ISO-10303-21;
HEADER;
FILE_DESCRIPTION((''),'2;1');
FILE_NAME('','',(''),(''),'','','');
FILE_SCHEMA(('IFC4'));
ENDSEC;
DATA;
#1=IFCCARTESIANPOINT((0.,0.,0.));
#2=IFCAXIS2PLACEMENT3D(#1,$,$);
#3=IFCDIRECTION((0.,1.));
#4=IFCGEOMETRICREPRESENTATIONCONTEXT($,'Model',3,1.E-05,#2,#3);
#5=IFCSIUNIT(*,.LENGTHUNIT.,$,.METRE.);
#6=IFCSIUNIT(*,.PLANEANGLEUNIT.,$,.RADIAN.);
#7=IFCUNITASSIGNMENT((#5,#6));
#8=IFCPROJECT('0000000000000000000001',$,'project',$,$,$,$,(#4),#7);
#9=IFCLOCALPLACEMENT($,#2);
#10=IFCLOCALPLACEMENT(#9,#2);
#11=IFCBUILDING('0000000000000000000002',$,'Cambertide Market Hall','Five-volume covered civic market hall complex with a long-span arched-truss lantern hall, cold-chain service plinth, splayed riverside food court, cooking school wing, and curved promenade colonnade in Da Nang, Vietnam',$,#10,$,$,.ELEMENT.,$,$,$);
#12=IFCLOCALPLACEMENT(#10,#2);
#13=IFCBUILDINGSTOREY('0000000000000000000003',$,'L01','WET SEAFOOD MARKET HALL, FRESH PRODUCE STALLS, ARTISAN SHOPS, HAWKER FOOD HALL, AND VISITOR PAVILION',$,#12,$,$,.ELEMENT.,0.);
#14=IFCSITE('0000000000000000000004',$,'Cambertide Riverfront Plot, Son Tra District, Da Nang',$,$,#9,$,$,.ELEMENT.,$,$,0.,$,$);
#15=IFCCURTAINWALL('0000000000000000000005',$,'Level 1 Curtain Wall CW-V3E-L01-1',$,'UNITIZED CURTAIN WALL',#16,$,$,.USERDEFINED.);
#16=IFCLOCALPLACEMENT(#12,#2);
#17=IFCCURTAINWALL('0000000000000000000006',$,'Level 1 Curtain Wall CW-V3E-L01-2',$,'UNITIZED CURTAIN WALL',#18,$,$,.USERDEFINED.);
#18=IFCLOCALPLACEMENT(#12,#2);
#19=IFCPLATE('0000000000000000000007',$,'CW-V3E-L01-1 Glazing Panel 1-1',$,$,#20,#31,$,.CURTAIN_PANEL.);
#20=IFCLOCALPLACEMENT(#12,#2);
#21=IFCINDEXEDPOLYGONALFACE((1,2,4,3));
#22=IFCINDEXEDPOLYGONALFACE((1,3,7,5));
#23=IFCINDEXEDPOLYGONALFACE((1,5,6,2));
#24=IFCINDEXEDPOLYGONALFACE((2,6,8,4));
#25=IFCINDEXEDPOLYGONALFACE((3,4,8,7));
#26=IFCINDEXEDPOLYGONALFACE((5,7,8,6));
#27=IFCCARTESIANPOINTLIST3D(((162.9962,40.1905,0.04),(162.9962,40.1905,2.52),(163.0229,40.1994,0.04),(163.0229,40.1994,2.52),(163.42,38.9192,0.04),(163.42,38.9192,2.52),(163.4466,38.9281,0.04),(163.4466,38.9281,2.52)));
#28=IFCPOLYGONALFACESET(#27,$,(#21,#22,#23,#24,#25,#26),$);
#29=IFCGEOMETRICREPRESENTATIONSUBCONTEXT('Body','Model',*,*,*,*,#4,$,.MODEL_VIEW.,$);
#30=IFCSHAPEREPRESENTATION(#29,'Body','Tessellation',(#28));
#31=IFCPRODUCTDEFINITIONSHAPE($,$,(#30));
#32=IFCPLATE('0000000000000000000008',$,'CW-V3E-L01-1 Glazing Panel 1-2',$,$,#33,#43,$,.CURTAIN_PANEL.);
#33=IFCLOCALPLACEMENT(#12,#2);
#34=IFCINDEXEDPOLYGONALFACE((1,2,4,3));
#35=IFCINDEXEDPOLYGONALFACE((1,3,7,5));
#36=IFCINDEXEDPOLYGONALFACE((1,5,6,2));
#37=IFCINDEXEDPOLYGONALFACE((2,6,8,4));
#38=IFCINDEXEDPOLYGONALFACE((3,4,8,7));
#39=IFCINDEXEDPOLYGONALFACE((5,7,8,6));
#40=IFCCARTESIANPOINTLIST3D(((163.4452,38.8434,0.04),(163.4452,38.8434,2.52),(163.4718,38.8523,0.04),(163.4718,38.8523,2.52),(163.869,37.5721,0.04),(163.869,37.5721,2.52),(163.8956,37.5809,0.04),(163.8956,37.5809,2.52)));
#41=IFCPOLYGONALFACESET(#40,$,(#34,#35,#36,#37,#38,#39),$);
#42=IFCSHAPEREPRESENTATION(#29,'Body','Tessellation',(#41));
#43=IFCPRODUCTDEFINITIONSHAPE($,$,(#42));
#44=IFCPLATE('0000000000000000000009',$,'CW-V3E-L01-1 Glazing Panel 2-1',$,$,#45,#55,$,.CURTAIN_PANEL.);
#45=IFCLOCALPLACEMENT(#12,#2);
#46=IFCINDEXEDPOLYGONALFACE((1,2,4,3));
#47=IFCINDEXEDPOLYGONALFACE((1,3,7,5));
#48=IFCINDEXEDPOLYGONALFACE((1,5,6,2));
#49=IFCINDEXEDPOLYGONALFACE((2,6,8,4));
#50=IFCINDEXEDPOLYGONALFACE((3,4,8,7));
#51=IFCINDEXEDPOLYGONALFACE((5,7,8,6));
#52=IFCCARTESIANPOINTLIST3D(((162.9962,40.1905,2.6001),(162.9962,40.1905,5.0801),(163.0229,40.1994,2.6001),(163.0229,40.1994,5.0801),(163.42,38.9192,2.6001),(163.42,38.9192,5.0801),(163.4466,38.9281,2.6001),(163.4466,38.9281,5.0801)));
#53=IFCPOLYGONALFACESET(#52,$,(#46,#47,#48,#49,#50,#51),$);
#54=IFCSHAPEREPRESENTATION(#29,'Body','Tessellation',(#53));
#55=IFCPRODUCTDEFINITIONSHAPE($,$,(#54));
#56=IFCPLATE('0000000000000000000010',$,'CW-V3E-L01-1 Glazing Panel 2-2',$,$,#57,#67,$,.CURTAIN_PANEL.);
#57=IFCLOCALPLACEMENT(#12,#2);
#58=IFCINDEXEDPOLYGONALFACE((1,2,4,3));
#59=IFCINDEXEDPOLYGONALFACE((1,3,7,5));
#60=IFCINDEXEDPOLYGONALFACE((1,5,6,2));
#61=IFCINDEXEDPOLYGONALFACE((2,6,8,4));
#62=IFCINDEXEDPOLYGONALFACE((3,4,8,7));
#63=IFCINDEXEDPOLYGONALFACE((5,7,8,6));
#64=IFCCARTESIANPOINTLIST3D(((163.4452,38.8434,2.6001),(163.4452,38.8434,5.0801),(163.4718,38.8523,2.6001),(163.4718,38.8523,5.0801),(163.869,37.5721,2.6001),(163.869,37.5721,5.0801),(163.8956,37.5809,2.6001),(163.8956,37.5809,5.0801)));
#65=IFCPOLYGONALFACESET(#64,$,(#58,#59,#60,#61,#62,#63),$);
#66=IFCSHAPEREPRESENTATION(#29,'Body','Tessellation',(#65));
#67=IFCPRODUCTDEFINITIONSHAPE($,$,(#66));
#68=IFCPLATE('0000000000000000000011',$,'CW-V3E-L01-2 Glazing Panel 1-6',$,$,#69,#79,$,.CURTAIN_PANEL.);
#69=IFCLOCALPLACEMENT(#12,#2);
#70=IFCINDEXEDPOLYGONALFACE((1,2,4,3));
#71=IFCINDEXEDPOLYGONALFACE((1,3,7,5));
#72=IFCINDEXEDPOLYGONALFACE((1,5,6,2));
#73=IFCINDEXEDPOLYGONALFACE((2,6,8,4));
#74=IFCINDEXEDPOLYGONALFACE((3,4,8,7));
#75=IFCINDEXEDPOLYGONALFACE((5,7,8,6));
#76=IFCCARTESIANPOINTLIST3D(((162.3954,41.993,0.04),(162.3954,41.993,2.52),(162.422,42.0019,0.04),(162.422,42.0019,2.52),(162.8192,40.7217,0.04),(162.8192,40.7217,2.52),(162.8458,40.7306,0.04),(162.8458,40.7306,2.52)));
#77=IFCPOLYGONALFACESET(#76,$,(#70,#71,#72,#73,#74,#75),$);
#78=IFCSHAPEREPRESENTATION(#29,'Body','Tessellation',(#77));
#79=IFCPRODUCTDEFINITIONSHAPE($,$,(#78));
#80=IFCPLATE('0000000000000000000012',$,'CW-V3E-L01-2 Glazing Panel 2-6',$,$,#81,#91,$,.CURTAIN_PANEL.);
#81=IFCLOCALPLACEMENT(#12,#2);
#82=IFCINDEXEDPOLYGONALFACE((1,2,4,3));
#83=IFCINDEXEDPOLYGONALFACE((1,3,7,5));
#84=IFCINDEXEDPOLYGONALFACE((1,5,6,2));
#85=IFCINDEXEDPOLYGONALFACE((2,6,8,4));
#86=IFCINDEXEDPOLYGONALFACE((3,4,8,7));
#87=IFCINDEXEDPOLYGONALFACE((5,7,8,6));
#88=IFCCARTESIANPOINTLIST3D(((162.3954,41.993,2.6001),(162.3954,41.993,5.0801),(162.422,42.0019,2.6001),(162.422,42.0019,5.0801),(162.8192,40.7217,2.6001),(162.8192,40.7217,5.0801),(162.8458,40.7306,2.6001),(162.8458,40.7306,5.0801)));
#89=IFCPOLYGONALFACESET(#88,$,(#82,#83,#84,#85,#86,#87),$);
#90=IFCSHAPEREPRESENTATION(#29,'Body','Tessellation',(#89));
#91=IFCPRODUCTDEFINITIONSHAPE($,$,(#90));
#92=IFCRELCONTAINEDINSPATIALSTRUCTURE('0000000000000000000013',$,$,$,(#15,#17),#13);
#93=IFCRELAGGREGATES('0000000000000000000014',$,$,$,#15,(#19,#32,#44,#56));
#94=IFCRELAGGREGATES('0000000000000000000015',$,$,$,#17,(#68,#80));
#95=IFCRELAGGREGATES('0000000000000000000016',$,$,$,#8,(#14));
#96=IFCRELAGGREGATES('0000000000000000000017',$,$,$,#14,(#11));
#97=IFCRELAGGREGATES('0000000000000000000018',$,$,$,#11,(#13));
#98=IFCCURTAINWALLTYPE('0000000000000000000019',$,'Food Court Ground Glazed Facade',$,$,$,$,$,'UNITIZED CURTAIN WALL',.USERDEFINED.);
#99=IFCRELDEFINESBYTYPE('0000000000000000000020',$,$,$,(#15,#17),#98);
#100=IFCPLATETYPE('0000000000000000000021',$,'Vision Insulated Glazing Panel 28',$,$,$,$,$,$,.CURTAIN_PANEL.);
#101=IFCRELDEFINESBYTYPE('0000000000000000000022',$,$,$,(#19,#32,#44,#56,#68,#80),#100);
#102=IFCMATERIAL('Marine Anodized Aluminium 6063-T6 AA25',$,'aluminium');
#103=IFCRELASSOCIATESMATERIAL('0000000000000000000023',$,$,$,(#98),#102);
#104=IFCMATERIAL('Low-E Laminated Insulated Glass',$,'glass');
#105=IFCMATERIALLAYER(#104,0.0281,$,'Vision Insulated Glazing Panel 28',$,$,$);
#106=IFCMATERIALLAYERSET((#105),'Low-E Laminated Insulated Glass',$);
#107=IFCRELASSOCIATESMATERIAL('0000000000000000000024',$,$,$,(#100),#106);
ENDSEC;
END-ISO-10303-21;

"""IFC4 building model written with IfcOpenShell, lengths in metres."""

from ifc_helpers import new_model, si_unit, direction, frame, origin, origin_2d, place, context, subcontext, project, spatial, rectangle, extrude, material, layer, layer_set, type_object, element, aggregate, save


model = new_model("IFC4")

# Units and contexts
model_context = context("Model", 3, precision=1e-05, world=origin(), true_north=direction((0.0, 1.0)))
body_context = subcontext(model_context, "Body", "Model", "MODEL_VIEW")
ifc_project = project(units=[si_unit("LENGTHUNIT", "METRE"), si_unit("PLANEANGLEUNIT", "RADIAN")], contexts=[model_context])

# Site, building, storey
site_placement = place(None, origin())
site = spatial("IfcSite", under=ifc_project, at=site_placement, Name="Cambertide Riverfront Plot, Son Tra District, Da Nang", CompositionType="ELEMENT", RefElevation=0.0)
building_placement = place(site_placement, origin())
building = spatial("IfcBuilding", under=site, at=building_placement, Name="Cambertide Market Hall", Description="Five-volume covered civic market hall complex with a long-span arched-truss lantern hall, cold-chain service plinth, splayed riverside food court, cooking school wing, and curved promenade colonnade in Da Nang, Vietnam", CompositionType="ELEMENT")
storey_placement = place(building_placement, origin())
storey = spatial("IfcBuildingStorey", under=building, at=storey_placement, Name="L01", Description="WET SEAFOOD MARKET HALL, FRESH PRODUCE STALLS, ARTISAN SHOPS, HAWKER FOOD HALL, AND VISITOR PAVILION", CompositionType="ELEMENT", Elevation=0.0)

# Curtain wall
ifc_material_1 = material(Name="Marine Anodized Aluminium 6063-T6 AA25", Category="aluminium")
curtain_wall_type = type_object("IfcCurtainWallType", Name="Food Court Ground Glazed Facade", ElementType="UNITIZED CURTAIN WALL", PredefinedType="USERDEFINED", material=ifc_material_1)
curtain_wall_1_placement = place(storey_placement, origin())
curtain_wall_1 = element("IfcCurtainWall", 1, at=curtain_wall_1_placement, inside=storey, type_object=curtain_wall_type, Name="Level 1 Curtain Wall CW-V3E-L01-1", ObjectType="UNITIZED CURTAIN WALL", PredefinedType="USERDEFINED")

# Curtain wall
curtain_wall_2_placement = place(storey_placement, origin())
curtain_wall_2 = element("IfcCurtainWall", 2, at=curtain_wall_2_placement, inside=storey, type_object=curtain_wall_type, Name="Level 1 Curtain Wall CW-V3E-L01-2", ObjectType="UNITIZED CURTAIN WALL", PredefinedType="USERDEFINED")

# Plates
ifc_material_2 = material(Name="Low-E Laminated Insulated Glass", Category="glass")
ifc_layer = layer(ifc_material_2, 0.0281, Name="Vision Insulated Glazing Panel 28")
ifc_layer_set = layer_set([ifc_layer], Name="Low-E Laminated Insulated Glass")
plate_type = type_object("IfcPlateType", Name="Vision Insulated Glazing Panel 28", PredefinedType="CURTAIN_PANEL", material=ifc_layer_set)
plate_1_placement = place(storey_placement, frame((163.2214, 39.5593, 0.04), z_axis=(0.0, 0.0, 1.0), x_axis=(0.316228, -0.948683, 0.0)))
plate_1 = element("IfcPlate", 3, at=plate_1_placement, type_object=plate_type, Name="CW-V3E-L01-1 Glazing Panel 1-1", PredefinedType="CURTAIN_PANEL", context=body_context, shape_type="SweptSolid", body=[
    extrude(rectangle(XDim=1.3401, YDim=0.0281, at=origin_2d()), origin(), (0.0, 0.0, 1.0), 2.48),
])
plate_2_placement = place(storey_placement, frame((163.6704, 38.2122, 0.04), z_axis=(0.0, 0.0, 1.0), x_axis=(0.316228, -0.948683, 0.0)))
plate_2 = element("IfcPlate", 4, at=plate_2_placement, type_object=plate_type, Name="CW-V3E-L01-1 Glazing Panel 1-2", PredefinedType="CURTAIN_PANEL", context=body_context, shape_type="SweptSolid", body=[
    extrude(rectangle(XDim=1.3401, YDim=0.0281, at=origin_2d()), origin(), (0.0, 0.0, 1.0), 2.48),
])
plate_3_placement = place(storey_placement, frame((163.2214, 39.5593, 2.6001), z_axis=(0.0, 0.0, 1.0), x_axis=(0.316228, -0.948683, 0.0)))
plate_3 = element("IfcPlate", 5, at=plate_3_placement, type_object=plate_type, Name="CW-V3E-L01-1 Glazing Panel 2-1", PredefinedType="CURTAIN_PANEL", context=body_context, shape_type="SweptSolid", body=[
    extrude(rectangle(XDim=1.3401, YDim=0.0281, at=origin_2d()), origin(), (0.0, 0.0, 1.0), 2.48),
])
plate_4_placement = place(storey_placement, frame((163.6704, 38.2122, 2.6001), z_axis=(0.0, 0.0, 1.0), x_axis=(0.316228, -0.948683, 0.0)))
plate_4 = element("IfcPlate", 6, at=plate_4_placement, type_object=plate_type, Name="CW-V3E-L01-1 Glazing Panel 2-2", PredefinedType="CURTAIN_PANEL", context=body_context, shape_type="SweptSolid", body=[
    extrude(rectangle(XDim=1.3401, YDim=0.0281, at=origin_2d()), origin(), (0.0, 0.0, 1.0), 2.48),
])
aggregate(curtain_wall_1, [plate_1, plate_2, plate_3, plate_4])
plate_5_placement = place(storey_placement, frame((162.6206, 41.3618, 0.04), z_axis=(0.0, 0.0, 1.0), x_axis=(0.316228, -0.948683, 0.0)))
plate_5 = element("IfcPlate", 7, at=plate_5_placement, type_object=plate_type, Name="CW-V3E-L01-2 Glazing Panel 1-6", PredefinedType="CURTAIN_PANEL", context=body_context, shape_type="SweptSolid", body=[
    extrude(rectangle(XDim=1.3401, YDim=0.0281, at=origin_2d()), origin(), (0.0, 0.0, 1.0), 2.48),
])
plate_6_placement = place(storey_placement, frame((162.6206, 41.3618, 2.6001), z_axis=(0.0, 0.0, 1.0), x_axis=(0.316228, -0.948683, 0.0)))
plate_6 = element("IfcPlate", 8, at=plate_6_placement, type_object=plate_type, Name="CW-V3E-L01-2 Glazing Panel 2-6", PredefinedType="CURTAIN_PANEL", context=body_context, shape_type="SweptSolid", body=[
    extrude(rectangle(XDim=1.3401, YDim=0.0281, at=origin_2d()), origin(), (0.0, 0.0, 1.0), 2.48),
])
aggregate(curtain_wall_2, [plate_5, plate_6])

save(model, "model.ifc")
